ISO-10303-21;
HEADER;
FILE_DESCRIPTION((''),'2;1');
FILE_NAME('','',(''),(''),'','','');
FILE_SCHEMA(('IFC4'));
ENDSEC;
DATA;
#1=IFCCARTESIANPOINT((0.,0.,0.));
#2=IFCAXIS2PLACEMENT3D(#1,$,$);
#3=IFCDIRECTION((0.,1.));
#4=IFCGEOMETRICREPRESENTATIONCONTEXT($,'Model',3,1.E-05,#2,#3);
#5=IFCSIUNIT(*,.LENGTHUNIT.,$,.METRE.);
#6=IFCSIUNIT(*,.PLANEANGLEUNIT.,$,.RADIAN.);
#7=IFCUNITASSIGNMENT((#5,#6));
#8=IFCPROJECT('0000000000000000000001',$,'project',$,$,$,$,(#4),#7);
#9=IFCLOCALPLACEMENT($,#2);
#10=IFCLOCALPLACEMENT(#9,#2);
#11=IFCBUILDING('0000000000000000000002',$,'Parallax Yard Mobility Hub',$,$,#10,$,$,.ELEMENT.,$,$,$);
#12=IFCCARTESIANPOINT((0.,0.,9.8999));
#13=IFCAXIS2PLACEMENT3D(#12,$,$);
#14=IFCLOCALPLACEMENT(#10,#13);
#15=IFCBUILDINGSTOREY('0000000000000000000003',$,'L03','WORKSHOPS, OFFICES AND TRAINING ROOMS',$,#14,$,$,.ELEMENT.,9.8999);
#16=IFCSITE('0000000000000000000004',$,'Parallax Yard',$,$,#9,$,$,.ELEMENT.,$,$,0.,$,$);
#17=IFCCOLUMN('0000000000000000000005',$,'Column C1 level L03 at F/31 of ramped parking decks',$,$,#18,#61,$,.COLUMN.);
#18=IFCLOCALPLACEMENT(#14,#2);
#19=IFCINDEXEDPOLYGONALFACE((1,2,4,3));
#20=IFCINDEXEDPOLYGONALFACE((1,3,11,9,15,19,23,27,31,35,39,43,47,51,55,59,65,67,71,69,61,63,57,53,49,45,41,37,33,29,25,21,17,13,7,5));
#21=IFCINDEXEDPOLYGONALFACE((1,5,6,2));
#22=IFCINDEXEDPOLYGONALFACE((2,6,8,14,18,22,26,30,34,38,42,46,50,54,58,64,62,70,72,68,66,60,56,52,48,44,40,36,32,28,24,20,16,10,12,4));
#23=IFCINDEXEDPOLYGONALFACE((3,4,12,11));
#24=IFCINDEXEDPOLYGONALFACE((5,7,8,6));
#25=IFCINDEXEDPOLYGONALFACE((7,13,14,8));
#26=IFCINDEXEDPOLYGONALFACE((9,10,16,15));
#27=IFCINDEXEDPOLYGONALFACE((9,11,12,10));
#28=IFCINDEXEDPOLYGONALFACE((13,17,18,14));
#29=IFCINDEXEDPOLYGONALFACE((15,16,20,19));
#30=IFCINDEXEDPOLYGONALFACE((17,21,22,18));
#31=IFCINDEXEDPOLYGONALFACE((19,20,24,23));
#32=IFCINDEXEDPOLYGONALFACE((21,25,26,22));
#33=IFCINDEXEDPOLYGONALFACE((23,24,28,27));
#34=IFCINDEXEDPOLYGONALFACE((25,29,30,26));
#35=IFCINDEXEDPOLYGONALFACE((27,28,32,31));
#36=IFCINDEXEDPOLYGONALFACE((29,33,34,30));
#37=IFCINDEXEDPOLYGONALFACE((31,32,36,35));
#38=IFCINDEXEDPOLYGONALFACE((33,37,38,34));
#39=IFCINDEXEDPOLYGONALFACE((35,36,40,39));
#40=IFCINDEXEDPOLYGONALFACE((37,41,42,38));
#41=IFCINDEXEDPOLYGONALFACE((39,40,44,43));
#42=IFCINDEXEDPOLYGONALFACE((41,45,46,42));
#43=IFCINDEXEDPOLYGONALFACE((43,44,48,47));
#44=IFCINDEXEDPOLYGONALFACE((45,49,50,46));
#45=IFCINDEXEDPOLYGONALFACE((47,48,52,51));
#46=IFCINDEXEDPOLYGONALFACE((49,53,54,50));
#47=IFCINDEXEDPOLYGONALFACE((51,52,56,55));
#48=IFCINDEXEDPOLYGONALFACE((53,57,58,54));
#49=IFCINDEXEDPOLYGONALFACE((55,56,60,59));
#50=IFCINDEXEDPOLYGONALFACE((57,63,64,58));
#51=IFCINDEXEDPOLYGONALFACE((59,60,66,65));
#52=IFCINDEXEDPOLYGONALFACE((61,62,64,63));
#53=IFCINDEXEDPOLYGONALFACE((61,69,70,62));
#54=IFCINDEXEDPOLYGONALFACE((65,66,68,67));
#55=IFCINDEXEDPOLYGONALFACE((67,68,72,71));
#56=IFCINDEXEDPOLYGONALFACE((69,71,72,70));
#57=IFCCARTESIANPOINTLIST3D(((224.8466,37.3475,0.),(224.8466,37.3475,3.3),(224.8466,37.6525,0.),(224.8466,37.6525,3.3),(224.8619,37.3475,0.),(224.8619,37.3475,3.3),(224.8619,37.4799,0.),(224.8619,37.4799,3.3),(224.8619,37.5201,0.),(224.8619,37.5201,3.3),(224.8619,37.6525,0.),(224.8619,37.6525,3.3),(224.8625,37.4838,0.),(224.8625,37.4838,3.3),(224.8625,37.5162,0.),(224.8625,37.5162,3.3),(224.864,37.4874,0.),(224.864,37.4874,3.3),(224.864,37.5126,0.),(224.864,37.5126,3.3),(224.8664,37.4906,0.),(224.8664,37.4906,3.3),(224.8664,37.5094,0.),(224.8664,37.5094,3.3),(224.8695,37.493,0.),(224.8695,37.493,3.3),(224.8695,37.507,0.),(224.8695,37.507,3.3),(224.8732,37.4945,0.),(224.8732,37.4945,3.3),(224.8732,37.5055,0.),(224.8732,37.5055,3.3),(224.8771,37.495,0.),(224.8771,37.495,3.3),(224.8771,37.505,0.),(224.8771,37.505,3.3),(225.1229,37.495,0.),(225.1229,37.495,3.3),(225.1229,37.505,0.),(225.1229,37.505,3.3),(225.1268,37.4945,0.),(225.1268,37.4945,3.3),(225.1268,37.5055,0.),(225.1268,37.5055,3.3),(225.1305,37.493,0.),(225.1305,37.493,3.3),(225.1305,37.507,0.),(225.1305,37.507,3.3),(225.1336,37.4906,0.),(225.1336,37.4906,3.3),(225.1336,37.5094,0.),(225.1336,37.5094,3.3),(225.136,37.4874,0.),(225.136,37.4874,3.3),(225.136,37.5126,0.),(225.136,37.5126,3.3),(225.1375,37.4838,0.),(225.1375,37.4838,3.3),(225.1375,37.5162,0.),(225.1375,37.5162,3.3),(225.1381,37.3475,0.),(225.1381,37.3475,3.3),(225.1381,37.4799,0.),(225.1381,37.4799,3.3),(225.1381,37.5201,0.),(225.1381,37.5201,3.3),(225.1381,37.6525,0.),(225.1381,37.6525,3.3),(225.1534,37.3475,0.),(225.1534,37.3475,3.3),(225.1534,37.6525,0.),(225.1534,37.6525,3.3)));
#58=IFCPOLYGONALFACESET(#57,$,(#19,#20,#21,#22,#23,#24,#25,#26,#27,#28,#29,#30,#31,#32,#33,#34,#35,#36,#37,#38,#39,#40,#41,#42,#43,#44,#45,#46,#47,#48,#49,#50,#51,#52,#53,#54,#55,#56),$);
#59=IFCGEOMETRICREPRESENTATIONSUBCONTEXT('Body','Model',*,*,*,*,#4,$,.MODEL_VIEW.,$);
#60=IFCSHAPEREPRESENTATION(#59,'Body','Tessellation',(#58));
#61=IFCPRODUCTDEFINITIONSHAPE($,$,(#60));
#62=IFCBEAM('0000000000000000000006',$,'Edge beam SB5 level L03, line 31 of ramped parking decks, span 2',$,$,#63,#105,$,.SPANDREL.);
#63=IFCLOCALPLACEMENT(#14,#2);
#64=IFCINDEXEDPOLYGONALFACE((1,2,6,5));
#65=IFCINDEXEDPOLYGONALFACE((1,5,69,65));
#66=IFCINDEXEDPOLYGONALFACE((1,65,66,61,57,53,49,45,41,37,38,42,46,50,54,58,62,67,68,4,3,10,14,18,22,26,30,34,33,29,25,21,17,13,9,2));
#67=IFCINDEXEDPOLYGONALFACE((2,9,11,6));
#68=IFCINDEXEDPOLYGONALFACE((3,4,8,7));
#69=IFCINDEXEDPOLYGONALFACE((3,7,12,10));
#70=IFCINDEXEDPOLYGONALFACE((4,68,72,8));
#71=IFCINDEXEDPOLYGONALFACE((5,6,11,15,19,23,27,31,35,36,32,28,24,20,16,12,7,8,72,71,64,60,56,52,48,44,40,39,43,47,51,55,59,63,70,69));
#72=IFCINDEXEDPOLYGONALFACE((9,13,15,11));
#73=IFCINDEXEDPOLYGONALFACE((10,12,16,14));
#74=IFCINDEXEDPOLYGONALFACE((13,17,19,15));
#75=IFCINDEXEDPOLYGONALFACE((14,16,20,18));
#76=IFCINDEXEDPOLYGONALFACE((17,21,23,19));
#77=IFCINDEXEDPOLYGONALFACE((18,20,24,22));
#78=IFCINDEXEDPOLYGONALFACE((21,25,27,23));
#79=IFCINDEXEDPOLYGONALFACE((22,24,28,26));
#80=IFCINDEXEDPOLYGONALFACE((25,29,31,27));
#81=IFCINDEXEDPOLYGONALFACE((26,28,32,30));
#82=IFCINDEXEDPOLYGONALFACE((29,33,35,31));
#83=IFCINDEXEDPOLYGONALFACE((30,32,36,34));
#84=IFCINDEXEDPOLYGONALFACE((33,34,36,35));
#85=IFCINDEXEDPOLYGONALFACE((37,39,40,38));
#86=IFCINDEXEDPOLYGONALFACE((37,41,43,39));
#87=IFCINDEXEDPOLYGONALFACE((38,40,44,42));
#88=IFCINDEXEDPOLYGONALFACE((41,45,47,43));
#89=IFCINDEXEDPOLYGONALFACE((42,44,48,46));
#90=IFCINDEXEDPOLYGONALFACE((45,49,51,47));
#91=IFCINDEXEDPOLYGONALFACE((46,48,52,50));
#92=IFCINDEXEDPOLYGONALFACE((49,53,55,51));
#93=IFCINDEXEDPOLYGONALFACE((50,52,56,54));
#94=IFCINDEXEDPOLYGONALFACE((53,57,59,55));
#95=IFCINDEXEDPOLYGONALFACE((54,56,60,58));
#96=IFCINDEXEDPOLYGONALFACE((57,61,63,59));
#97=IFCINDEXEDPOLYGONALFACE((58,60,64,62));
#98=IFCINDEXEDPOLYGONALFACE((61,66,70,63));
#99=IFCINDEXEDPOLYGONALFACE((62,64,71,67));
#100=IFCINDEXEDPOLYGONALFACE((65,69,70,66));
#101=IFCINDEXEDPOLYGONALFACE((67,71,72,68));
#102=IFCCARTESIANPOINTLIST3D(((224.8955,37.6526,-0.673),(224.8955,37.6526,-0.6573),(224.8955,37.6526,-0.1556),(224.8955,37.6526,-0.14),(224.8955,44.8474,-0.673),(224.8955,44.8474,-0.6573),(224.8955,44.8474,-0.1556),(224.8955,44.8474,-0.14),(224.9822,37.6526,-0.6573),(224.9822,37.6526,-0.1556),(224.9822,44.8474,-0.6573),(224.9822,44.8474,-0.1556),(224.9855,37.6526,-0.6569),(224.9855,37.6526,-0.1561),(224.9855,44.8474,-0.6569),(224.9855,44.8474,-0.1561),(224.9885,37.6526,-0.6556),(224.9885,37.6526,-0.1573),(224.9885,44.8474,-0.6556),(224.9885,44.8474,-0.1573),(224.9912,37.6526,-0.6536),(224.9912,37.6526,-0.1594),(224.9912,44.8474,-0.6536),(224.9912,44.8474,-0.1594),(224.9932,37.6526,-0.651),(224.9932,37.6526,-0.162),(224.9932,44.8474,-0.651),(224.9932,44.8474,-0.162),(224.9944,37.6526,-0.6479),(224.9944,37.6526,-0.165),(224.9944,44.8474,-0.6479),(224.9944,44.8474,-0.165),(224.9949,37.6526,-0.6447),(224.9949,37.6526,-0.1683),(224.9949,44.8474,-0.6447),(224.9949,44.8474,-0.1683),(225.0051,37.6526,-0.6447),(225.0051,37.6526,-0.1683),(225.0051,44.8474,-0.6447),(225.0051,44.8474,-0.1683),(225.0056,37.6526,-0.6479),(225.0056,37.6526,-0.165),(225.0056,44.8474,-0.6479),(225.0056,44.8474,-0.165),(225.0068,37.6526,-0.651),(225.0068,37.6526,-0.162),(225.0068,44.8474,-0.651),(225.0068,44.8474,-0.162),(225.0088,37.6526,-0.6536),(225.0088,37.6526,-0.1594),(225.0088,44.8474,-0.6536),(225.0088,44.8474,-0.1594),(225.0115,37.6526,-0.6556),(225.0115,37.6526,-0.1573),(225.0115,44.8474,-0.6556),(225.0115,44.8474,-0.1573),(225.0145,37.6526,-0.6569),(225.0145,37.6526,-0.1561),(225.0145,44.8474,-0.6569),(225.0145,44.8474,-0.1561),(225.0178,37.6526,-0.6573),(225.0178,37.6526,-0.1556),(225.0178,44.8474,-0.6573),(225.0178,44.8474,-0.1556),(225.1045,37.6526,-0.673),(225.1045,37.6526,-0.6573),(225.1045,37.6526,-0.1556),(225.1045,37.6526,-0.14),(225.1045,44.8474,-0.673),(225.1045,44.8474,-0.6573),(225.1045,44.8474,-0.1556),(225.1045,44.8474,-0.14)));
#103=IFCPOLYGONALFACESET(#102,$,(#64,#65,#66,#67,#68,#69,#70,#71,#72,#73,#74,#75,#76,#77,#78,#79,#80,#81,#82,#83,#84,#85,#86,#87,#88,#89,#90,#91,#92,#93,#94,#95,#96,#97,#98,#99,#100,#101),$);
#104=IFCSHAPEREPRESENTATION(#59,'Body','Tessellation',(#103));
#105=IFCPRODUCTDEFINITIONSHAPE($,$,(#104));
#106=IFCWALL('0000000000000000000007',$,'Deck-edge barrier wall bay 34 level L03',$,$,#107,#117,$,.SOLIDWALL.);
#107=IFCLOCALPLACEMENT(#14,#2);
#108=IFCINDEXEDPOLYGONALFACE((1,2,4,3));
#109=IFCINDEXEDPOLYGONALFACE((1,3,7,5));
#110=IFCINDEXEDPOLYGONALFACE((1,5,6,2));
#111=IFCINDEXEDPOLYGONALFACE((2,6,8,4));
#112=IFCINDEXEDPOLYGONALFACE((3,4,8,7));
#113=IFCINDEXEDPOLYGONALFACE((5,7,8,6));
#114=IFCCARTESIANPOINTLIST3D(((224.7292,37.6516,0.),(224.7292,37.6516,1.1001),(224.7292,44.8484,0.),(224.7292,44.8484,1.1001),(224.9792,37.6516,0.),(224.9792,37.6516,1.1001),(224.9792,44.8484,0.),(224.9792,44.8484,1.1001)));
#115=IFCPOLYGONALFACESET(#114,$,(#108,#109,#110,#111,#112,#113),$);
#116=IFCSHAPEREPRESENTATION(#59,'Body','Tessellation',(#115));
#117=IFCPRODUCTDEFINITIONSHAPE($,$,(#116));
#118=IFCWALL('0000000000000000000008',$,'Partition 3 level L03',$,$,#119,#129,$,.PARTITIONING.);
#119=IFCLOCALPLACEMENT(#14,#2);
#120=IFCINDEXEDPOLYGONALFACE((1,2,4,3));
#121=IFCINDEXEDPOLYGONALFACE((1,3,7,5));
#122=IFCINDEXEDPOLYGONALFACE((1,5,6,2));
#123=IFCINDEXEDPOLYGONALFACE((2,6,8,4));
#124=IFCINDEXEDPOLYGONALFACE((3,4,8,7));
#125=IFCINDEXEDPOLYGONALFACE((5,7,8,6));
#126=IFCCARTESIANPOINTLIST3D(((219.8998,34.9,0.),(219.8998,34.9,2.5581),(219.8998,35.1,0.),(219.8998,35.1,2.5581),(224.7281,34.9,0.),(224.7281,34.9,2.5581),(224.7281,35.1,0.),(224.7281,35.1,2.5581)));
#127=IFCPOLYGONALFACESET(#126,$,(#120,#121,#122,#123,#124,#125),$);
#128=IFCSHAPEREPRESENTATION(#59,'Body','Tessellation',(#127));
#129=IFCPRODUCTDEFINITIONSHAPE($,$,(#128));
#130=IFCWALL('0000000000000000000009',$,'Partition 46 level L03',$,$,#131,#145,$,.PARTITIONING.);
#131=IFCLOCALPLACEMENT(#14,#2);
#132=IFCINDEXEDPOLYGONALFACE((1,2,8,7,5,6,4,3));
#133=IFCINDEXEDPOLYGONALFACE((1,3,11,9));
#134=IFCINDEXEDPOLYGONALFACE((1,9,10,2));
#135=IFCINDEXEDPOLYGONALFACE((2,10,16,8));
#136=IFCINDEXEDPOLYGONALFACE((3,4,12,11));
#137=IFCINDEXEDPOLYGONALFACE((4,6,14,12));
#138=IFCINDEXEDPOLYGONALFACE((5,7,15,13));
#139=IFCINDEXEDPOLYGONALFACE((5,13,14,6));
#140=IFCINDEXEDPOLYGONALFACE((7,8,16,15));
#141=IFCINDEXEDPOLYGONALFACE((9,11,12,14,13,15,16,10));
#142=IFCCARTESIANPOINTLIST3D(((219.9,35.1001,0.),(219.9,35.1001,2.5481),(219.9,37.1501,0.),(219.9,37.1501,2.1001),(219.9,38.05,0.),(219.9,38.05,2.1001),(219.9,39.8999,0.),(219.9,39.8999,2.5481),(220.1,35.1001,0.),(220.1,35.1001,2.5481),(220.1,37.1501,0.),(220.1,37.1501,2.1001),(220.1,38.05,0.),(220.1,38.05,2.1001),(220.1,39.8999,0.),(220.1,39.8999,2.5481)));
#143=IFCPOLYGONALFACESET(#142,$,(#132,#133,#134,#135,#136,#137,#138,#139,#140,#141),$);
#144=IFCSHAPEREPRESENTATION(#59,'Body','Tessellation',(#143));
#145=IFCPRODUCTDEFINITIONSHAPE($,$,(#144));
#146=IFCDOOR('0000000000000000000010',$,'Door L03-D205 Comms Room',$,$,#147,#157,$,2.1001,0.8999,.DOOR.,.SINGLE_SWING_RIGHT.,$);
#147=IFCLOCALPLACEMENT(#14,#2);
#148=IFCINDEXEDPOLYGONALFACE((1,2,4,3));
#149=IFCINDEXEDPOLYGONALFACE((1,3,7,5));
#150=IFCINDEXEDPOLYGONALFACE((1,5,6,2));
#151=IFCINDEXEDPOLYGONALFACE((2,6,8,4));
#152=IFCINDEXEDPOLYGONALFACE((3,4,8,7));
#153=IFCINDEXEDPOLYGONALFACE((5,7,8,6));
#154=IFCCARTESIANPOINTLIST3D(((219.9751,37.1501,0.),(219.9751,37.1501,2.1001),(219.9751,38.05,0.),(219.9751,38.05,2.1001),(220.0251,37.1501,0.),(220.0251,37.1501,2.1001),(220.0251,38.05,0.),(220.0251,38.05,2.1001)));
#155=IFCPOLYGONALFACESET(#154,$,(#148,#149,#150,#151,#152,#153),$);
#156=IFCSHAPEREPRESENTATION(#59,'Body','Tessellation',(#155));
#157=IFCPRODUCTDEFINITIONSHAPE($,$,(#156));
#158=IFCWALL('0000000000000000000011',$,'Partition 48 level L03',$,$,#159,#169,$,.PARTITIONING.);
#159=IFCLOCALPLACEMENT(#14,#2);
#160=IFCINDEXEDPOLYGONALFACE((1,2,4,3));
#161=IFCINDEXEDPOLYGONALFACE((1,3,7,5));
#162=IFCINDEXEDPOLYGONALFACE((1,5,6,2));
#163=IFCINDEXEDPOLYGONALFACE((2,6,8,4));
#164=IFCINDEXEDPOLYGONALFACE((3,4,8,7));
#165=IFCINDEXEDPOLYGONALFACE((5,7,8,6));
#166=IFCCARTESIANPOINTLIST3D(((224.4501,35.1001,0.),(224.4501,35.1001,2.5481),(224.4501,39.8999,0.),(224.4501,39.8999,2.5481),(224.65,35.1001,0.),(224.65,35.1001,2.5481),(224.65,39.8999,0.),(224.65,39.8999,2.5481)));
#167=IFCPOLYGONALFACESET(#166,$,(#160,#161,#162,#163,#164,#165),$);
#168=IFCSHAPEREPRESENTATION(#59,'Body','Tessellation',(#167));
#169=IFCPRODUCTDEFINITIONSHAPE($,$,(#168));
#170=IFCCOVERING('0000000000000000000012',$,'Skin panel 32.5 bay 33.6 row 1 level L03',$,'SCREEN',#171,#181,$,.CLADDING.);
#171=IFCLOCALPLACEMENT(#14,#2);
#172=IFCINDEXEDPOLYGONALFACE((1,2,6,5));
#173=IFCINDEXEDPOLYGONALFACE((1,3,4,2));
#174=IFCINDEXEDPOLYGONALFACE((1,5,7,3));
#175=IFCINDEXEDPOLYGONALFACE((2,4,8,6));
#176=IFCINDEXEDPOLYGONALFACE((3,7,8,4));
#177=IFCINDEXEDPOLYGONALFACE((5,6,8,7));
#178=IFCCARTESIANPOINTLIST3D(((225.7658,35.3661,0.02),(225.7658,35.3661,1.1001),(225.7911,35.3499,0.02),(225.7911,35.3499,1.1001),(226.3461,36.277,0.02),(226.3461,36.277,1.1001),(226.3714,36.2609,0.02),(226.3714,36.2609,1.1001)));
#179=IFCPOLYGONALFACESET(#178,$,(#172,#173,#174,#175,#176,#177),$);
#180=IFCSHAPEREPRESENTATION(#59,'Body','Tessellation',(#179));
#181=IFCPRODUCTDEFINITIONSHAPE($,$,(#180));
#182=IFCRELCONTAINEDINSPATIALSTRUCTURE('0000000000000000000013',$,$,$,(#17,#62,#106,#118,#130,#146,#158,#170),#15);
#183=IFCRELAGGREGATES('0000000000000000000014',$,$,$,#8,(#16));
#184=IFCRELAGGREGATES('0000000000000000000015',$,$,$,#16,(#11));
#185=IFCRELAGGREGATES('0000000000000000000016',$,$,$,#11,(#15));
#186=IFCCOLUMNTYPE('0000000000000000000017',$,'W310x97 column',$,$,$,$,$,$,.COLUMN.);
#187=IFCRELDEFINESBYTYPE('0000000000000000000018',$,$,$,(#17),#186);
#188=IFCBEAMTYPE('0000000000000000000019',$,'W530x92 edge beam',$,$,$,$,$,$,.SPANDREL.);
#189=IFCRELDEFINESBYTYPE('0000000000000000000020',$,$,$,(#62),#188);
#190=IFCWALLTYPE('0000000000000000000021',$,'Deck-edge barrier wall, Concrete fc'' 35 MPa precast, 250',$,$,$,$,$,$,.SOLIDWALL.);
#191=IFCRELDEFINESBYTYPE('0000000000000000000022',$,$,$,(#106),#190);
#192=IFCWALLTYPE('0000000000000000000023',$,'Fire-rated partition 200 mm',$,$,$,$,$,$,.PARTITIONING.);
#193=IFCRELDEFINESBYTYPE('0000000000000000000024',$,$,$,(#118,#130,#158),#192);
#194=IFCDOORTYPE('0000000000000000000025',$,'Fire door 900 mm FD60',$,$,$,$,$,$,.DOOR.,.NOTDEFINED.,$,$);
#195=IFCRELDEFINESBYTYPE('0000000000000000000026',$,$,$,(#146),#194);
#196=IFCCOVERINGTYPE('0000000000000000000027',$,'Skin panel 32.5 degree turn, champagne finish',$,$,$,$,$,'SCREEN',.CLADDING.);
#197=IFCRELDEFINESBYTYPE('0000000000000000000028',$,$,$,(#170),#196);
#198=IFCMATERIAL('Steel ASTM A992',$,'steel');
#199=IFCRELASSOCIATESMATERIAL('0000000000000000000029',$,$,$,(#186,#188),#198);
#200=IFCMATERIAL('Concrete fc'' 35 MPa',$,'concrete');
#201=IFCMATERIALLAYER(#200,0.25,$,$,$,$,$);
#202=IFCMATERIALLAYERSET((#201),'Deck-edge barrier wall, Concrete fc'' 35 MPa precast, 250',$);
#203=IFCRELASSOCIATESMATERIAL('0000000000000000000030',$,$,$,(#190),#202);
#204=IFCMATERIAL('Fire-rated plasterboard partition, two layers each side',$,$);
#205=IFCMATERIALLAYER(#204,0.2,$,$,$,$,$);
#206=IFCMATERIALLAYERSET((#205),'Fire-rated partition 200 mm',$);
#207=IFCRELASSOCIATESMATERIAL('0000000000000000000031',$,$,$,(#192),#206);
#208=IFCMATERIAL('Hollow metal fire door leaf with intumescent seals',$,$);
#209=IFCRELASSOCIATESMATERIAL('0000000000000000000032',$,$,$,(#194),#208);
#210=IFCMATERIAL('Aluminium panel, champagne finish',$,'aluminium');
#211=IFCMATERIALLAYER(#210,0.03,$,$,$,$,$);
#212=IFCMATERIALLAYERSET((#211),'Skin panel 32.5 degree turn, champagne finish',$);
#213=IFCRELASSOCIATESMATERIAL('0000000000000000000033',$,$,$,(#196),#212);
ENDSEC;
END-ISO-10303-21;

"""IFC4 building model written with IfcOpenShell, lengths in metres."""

from ifc_helpers import new_model, si_unit, direction, frame, frame_2d, origin, origin_2d, place, context, subcontext, project, spatial, rectangle, i_section, extrude, material, layer, layer_set, material_profile, profile_set, type_object, element, fill, save


model = new_model("IFC4")

# Units and contexts
model_context = context("Model", 3, precision=1e-05, world=origin(), true_north=direction((0.0, 1.0)))
body_context = subcontext(model_context, "Body", "Model", "MODEL_VIEW")
ifc_project = project(units=[si_unit("LENGTHUNIT", "METRE"), si_unit("PLANEANGLEUNIT", "RADIAN")], contexts=[model_context])

# Site, building, storey
site_placement = place(None, origin())
site = spatial("IfcSite", under=ifc_project, at=site_placement, Name="Parallax Yard", CompositionType="ELEMENT", RefElevation=0.0)
building_placement = place(site_placement, origin())
building = spatial("IfcBuilding", under=site, at=building_placement, Name="Parallax Yard Mobility Hub", CompositionType="ELEMENT")
storey_placement = place(building_placement, frame((0.0, 0.0, 9.8999)))
storey = spatial("IfcBuildingStorey", under=building, at=storey_placement, Name="L03", Description="WORKSHOPS, OFFICES AND TRAINING ROOMS", CompositionType="ELEMENT", Elevation=9.8999)

# Column
ifc_material_1 = material(Name="Steel ASTM A992", Category="steel")
ifc_material_profile_1 = material_profile(ifc_material_1, i_section(OverallWidth=0.3049, OverallDepth=0.3069, WebThickness=0.01, FlangeThickness=0.0154, FilletRadius=0.0151, at=origin_2d()), Name="W310x97")
ifc_profile_set_1 = profile_set([ifc_material_profile_1], Name="Steel ASTM A992")
column_type = type_object("IfcColumnType", Name="W310x97 column", PredefinedType="COLUMN", material=ifc_profile_set_1)
column_placement = place(storey_placement, frame((225.0, 37.5, 0.0), z_axis=(0.0, 0.0, 1.0), x_axis=(0.0, 1.0, 0.0)))
element("IfcColumn", 1, at=column_placement, inside=storey, type_object=column_type, Name="Column C1 level L03 at F/31 of ramped parking decks", PredefinedType="COLUMN", context=body_context, shape_type="SweptSolid", body=[
    extrude(i_section(OverallWidth=0.3049, OverallDepth=0.3069, WebThickness=0.01, FlangeThickness=0.0154, FilletRadius=0.0151, at=origin_2d()), origin(), (0.0, 0.0, 1.0), 3.3),
])

# Beam
ifc_material_profile_2 = material_profile(ifc_material_1, i_section(OverallWidth=0.209, OverallDepth=0.533, WebThickness=0.0103, FlangeThickness=0.0156, FilletRadius=0.0127, at=origin_2d()), Name="W530x92")
ifc_profile_set_2 = profile_set([ifc_material_profile_2], Name="Steel ASTM A992")
beam_type = type_object("IfcBeamType", Name="W530x92 edge beam", PredefinedType="SPANDREL", material=ifc_profile_set_2)
beam_placement = place(storey_placement, frame((225.0, 37.6526, -0.4065), z_axis=(0.0, 1.0, 0.0), x_axis=(-1.0, 0.0, 0.0)))
element("IfcBeam", 2, at=beam_placement, inside=storey, type_object=beam_type, Name="Edge beam SB5 level L03, line 31 of ramped parking decks, span 2", PredefinedType="SPANDREL", context=body_context, shape_type="SweptSolid", body=[
    extrude(i_section(OverallWidth=0.209, OverallDepth=0.533, WebThickness=0.0103, FlangeThickness=0.0156, FilletRadius=0.0127, at=origin_2d()), origin(), (0.0, 0.0, 1.0), 7.1948),
])

# Walls
ifc_material_2 = material(Name="Concrete fc' 35 MPa", Category="concrete")
ifc_layer_1 = layer(ifc_material_2, 0.25)
ifc_layer_set_1 = layer_set([ifc_layer_1], Name="Deck-edge barrier wall, Concrete fc' 35 MPa precast, 250")
wall_type_1 = type_object("IfcWallType", Name="Deck-edge barrier wall, Concrete fc' 35 MPa precast, 250", PredefinedType="SOLIDWALL", material=ifc_layer_set_1)
wall_1_placement = place(storey_placement, frame((224.8542, 37.6516, 0.0), z_axis=(0.0, 0.0, 1.0), x_axis=(0.0, 1.0, 0.0)))
element("IfcWall", 3, at=wall_1_placement, inside=storey, type_object=wall_type_1, Name="Deck-edge barrier wall bay 34 level L03", PredefinedType="SOLIDWALL", context=body_context, shape_type="SweptSolid", body=[
    extrude(rectangle(XDim=7.1968, YDim=0.25, at=frame_2d((3.5984, 0.0))), origin(), (0.0, 0.0, 1.0), 1.1001),
])
ifc_material_3 = material(Name="Fire-rated plasterboard partition, two layers each side")
ifc_layer_2 = layer(ifc_material_3, 0.2)
ifc_layer_set_2 = layer_set([ifc_layer_2], Name="Fire-rated partition 200 mm")
wall_type_2 = type_object("IfcWallType", Name="Fire-rated partition 200 mm", PredefinedType="PARTITIONING", material=ifc_layer_set_2)
wall_2_placement = place(storey_placement, frame((219.8999, 35.0, 0.0), z_axis=(0.0, 0.0, 1.0), x_axis=(1.0, 0.0, 0.0)))
element("IfcWall", 4, at=wall_2_placement, inside=storey, type_object=wall_type_2, Name="Partition 3 level L03", PredefinedType="PARTITIONING", context=body_context, shape_type="SweptSolid", body=[
    extrude(rectangle(XDim=4.8284, YDim=0.2, at=frame_2d((2.4141, 0.0))), origin(), (0.0, 0.0, 1.0), 2.5581),
])

# Wall, opening, door
wall_3_placement = place(storey_placement, frame((220.0, 35.1001, 0.0), z_axis=(0.0, 0.0, 1.0), x_axis=(0.0, 1.0, 0.0)))
wall_3 = element("IfcWall", 5, at=wall_3_placement, inside=storey, type_object=wall_type_2, Name="Partition 46 level L03", PredefinedType="PARTITIONING", context=body_context, shape_type="SweptSolid", body=[
    extrude(rectangle(XDim=4.7998, YDim=0.2, at=frame_2d((2.3999, 0.0))), origin(), (0.0, 0.0, 1.0), 2.5481),
])
opening_placement = place(wall_3_placement, frame((2.05, 0.0, 0.0)))
opening = element("IfcOpeningElement", 6, at=opening_placement, cuts=wall_3, PredefinedType="OPENING", context=body_context, shape_type="SweptSolid", body=[
    extrude(rectangle(XDim=0.8999, YDim=2.1001, at=frame_2d((0.45, 1.05))), frame((0.0, 0.1099, 0.0), z_axis=(0.0, -1.0, 0.0), x_axis=(1.0, 0.0, 0.0)), (0.0, 0.0, 1.0), 0.22),
])
ifc_material_4 = material(Name="Hollow metal fire door leaf with intumescent seals")
door_type = type_object("IfcDoorType", Name="Fire door 900 mm FD60", OperationType="NOTDEFINED", PredefinedType="DOOR", material=ifc_material_4)
door_placement = place(opening_placement, origin())
door = element("IfcDoor", 7, at=door_placement, inside=storey, type_object=door_type, Name="Door L03-D205 Comms Room", OperationType="SINGLE_SWING_RIGHT", OverallHeight=2.1001, OverallWidth=0.8999, PredefinedType="DOOR", context=body_context, shape_type="SweptSolid", body=[
    extrude(rectangle(XDim=0.8999, YDim=2.1001, at=frame_2d((0.45, 1.05))), frame((0.0, 0.0249, 0.0), z_axis=(0.0, -1.0, 0.0), x_axis=(1.0, 0.0, 0.0)), (0.0, 0.0, 1.0), 0.05),
])
fill(opening, door)

# Wall
wall_4_placement = place(storey_placement, frame((224.55, 35.1001, 0.0), z_axis=(0.0, 0.0, 1.0), x_axis=(0.0, 1.0, 0.0)))
element("IfcWall", 8, at=wall_4_placement, inside=storey, type_object=wall_type_2, Name="Partition 48 level L03", PredefinedType="PARTITIONING", context=body_context, shape_type="SweptSolid", body=[
    extrude(rectangle(XDim=4.7998, YDim=0.2, at=frame_2d((2.3999, 0.0))), origin(), (0.0, 0.0, 1.0), 2.5481),
])

# Covering
ifc_material_5 = material(Name="Aluminium panel, champagne finish", Category="aluminium")
ifc_layer_3 = layer(ifc_material_5, 0.03)
ifc_layer_set_3 = layer_set([ifc_layer_3], Name="Skin panel 32.5 degree turn, champagne finish")
covering_type_1 = type_object("IfcCoveringType", Name="Skin panel 32.5 degree turn, champagne finish", ElementType="SCREEN", PredefinedType="CLADDING", material=ifc_layer_set_3)
for number, where, z_axis, x_axis, name in (
    (9, (226.0686, 35.8135, 0.02), (0.0, 0.0, 1.0), (0.5373, 0.843391, 0.0), "Skin panel 32.5 bay 33.6 row 1 level L03"),
):
    element("IfcCovering", number, at=place(storey_placement, frame(where, z_axis=z_axis, x_axis=x_axis)), inside=storey, type_object=covering_type_1, Name=name, ObjectType="SCREEN", PredefinedType="CLADDING", context=body_context, shape_type="SweptSolid", body=[
        extrude(rectangle(XDim=1.0801, YDim=0.03, at=origin_2d()), origin(), (0.0, 0.0, 1.0), 1.0801),
    ])

save(model, "model.ifc")
